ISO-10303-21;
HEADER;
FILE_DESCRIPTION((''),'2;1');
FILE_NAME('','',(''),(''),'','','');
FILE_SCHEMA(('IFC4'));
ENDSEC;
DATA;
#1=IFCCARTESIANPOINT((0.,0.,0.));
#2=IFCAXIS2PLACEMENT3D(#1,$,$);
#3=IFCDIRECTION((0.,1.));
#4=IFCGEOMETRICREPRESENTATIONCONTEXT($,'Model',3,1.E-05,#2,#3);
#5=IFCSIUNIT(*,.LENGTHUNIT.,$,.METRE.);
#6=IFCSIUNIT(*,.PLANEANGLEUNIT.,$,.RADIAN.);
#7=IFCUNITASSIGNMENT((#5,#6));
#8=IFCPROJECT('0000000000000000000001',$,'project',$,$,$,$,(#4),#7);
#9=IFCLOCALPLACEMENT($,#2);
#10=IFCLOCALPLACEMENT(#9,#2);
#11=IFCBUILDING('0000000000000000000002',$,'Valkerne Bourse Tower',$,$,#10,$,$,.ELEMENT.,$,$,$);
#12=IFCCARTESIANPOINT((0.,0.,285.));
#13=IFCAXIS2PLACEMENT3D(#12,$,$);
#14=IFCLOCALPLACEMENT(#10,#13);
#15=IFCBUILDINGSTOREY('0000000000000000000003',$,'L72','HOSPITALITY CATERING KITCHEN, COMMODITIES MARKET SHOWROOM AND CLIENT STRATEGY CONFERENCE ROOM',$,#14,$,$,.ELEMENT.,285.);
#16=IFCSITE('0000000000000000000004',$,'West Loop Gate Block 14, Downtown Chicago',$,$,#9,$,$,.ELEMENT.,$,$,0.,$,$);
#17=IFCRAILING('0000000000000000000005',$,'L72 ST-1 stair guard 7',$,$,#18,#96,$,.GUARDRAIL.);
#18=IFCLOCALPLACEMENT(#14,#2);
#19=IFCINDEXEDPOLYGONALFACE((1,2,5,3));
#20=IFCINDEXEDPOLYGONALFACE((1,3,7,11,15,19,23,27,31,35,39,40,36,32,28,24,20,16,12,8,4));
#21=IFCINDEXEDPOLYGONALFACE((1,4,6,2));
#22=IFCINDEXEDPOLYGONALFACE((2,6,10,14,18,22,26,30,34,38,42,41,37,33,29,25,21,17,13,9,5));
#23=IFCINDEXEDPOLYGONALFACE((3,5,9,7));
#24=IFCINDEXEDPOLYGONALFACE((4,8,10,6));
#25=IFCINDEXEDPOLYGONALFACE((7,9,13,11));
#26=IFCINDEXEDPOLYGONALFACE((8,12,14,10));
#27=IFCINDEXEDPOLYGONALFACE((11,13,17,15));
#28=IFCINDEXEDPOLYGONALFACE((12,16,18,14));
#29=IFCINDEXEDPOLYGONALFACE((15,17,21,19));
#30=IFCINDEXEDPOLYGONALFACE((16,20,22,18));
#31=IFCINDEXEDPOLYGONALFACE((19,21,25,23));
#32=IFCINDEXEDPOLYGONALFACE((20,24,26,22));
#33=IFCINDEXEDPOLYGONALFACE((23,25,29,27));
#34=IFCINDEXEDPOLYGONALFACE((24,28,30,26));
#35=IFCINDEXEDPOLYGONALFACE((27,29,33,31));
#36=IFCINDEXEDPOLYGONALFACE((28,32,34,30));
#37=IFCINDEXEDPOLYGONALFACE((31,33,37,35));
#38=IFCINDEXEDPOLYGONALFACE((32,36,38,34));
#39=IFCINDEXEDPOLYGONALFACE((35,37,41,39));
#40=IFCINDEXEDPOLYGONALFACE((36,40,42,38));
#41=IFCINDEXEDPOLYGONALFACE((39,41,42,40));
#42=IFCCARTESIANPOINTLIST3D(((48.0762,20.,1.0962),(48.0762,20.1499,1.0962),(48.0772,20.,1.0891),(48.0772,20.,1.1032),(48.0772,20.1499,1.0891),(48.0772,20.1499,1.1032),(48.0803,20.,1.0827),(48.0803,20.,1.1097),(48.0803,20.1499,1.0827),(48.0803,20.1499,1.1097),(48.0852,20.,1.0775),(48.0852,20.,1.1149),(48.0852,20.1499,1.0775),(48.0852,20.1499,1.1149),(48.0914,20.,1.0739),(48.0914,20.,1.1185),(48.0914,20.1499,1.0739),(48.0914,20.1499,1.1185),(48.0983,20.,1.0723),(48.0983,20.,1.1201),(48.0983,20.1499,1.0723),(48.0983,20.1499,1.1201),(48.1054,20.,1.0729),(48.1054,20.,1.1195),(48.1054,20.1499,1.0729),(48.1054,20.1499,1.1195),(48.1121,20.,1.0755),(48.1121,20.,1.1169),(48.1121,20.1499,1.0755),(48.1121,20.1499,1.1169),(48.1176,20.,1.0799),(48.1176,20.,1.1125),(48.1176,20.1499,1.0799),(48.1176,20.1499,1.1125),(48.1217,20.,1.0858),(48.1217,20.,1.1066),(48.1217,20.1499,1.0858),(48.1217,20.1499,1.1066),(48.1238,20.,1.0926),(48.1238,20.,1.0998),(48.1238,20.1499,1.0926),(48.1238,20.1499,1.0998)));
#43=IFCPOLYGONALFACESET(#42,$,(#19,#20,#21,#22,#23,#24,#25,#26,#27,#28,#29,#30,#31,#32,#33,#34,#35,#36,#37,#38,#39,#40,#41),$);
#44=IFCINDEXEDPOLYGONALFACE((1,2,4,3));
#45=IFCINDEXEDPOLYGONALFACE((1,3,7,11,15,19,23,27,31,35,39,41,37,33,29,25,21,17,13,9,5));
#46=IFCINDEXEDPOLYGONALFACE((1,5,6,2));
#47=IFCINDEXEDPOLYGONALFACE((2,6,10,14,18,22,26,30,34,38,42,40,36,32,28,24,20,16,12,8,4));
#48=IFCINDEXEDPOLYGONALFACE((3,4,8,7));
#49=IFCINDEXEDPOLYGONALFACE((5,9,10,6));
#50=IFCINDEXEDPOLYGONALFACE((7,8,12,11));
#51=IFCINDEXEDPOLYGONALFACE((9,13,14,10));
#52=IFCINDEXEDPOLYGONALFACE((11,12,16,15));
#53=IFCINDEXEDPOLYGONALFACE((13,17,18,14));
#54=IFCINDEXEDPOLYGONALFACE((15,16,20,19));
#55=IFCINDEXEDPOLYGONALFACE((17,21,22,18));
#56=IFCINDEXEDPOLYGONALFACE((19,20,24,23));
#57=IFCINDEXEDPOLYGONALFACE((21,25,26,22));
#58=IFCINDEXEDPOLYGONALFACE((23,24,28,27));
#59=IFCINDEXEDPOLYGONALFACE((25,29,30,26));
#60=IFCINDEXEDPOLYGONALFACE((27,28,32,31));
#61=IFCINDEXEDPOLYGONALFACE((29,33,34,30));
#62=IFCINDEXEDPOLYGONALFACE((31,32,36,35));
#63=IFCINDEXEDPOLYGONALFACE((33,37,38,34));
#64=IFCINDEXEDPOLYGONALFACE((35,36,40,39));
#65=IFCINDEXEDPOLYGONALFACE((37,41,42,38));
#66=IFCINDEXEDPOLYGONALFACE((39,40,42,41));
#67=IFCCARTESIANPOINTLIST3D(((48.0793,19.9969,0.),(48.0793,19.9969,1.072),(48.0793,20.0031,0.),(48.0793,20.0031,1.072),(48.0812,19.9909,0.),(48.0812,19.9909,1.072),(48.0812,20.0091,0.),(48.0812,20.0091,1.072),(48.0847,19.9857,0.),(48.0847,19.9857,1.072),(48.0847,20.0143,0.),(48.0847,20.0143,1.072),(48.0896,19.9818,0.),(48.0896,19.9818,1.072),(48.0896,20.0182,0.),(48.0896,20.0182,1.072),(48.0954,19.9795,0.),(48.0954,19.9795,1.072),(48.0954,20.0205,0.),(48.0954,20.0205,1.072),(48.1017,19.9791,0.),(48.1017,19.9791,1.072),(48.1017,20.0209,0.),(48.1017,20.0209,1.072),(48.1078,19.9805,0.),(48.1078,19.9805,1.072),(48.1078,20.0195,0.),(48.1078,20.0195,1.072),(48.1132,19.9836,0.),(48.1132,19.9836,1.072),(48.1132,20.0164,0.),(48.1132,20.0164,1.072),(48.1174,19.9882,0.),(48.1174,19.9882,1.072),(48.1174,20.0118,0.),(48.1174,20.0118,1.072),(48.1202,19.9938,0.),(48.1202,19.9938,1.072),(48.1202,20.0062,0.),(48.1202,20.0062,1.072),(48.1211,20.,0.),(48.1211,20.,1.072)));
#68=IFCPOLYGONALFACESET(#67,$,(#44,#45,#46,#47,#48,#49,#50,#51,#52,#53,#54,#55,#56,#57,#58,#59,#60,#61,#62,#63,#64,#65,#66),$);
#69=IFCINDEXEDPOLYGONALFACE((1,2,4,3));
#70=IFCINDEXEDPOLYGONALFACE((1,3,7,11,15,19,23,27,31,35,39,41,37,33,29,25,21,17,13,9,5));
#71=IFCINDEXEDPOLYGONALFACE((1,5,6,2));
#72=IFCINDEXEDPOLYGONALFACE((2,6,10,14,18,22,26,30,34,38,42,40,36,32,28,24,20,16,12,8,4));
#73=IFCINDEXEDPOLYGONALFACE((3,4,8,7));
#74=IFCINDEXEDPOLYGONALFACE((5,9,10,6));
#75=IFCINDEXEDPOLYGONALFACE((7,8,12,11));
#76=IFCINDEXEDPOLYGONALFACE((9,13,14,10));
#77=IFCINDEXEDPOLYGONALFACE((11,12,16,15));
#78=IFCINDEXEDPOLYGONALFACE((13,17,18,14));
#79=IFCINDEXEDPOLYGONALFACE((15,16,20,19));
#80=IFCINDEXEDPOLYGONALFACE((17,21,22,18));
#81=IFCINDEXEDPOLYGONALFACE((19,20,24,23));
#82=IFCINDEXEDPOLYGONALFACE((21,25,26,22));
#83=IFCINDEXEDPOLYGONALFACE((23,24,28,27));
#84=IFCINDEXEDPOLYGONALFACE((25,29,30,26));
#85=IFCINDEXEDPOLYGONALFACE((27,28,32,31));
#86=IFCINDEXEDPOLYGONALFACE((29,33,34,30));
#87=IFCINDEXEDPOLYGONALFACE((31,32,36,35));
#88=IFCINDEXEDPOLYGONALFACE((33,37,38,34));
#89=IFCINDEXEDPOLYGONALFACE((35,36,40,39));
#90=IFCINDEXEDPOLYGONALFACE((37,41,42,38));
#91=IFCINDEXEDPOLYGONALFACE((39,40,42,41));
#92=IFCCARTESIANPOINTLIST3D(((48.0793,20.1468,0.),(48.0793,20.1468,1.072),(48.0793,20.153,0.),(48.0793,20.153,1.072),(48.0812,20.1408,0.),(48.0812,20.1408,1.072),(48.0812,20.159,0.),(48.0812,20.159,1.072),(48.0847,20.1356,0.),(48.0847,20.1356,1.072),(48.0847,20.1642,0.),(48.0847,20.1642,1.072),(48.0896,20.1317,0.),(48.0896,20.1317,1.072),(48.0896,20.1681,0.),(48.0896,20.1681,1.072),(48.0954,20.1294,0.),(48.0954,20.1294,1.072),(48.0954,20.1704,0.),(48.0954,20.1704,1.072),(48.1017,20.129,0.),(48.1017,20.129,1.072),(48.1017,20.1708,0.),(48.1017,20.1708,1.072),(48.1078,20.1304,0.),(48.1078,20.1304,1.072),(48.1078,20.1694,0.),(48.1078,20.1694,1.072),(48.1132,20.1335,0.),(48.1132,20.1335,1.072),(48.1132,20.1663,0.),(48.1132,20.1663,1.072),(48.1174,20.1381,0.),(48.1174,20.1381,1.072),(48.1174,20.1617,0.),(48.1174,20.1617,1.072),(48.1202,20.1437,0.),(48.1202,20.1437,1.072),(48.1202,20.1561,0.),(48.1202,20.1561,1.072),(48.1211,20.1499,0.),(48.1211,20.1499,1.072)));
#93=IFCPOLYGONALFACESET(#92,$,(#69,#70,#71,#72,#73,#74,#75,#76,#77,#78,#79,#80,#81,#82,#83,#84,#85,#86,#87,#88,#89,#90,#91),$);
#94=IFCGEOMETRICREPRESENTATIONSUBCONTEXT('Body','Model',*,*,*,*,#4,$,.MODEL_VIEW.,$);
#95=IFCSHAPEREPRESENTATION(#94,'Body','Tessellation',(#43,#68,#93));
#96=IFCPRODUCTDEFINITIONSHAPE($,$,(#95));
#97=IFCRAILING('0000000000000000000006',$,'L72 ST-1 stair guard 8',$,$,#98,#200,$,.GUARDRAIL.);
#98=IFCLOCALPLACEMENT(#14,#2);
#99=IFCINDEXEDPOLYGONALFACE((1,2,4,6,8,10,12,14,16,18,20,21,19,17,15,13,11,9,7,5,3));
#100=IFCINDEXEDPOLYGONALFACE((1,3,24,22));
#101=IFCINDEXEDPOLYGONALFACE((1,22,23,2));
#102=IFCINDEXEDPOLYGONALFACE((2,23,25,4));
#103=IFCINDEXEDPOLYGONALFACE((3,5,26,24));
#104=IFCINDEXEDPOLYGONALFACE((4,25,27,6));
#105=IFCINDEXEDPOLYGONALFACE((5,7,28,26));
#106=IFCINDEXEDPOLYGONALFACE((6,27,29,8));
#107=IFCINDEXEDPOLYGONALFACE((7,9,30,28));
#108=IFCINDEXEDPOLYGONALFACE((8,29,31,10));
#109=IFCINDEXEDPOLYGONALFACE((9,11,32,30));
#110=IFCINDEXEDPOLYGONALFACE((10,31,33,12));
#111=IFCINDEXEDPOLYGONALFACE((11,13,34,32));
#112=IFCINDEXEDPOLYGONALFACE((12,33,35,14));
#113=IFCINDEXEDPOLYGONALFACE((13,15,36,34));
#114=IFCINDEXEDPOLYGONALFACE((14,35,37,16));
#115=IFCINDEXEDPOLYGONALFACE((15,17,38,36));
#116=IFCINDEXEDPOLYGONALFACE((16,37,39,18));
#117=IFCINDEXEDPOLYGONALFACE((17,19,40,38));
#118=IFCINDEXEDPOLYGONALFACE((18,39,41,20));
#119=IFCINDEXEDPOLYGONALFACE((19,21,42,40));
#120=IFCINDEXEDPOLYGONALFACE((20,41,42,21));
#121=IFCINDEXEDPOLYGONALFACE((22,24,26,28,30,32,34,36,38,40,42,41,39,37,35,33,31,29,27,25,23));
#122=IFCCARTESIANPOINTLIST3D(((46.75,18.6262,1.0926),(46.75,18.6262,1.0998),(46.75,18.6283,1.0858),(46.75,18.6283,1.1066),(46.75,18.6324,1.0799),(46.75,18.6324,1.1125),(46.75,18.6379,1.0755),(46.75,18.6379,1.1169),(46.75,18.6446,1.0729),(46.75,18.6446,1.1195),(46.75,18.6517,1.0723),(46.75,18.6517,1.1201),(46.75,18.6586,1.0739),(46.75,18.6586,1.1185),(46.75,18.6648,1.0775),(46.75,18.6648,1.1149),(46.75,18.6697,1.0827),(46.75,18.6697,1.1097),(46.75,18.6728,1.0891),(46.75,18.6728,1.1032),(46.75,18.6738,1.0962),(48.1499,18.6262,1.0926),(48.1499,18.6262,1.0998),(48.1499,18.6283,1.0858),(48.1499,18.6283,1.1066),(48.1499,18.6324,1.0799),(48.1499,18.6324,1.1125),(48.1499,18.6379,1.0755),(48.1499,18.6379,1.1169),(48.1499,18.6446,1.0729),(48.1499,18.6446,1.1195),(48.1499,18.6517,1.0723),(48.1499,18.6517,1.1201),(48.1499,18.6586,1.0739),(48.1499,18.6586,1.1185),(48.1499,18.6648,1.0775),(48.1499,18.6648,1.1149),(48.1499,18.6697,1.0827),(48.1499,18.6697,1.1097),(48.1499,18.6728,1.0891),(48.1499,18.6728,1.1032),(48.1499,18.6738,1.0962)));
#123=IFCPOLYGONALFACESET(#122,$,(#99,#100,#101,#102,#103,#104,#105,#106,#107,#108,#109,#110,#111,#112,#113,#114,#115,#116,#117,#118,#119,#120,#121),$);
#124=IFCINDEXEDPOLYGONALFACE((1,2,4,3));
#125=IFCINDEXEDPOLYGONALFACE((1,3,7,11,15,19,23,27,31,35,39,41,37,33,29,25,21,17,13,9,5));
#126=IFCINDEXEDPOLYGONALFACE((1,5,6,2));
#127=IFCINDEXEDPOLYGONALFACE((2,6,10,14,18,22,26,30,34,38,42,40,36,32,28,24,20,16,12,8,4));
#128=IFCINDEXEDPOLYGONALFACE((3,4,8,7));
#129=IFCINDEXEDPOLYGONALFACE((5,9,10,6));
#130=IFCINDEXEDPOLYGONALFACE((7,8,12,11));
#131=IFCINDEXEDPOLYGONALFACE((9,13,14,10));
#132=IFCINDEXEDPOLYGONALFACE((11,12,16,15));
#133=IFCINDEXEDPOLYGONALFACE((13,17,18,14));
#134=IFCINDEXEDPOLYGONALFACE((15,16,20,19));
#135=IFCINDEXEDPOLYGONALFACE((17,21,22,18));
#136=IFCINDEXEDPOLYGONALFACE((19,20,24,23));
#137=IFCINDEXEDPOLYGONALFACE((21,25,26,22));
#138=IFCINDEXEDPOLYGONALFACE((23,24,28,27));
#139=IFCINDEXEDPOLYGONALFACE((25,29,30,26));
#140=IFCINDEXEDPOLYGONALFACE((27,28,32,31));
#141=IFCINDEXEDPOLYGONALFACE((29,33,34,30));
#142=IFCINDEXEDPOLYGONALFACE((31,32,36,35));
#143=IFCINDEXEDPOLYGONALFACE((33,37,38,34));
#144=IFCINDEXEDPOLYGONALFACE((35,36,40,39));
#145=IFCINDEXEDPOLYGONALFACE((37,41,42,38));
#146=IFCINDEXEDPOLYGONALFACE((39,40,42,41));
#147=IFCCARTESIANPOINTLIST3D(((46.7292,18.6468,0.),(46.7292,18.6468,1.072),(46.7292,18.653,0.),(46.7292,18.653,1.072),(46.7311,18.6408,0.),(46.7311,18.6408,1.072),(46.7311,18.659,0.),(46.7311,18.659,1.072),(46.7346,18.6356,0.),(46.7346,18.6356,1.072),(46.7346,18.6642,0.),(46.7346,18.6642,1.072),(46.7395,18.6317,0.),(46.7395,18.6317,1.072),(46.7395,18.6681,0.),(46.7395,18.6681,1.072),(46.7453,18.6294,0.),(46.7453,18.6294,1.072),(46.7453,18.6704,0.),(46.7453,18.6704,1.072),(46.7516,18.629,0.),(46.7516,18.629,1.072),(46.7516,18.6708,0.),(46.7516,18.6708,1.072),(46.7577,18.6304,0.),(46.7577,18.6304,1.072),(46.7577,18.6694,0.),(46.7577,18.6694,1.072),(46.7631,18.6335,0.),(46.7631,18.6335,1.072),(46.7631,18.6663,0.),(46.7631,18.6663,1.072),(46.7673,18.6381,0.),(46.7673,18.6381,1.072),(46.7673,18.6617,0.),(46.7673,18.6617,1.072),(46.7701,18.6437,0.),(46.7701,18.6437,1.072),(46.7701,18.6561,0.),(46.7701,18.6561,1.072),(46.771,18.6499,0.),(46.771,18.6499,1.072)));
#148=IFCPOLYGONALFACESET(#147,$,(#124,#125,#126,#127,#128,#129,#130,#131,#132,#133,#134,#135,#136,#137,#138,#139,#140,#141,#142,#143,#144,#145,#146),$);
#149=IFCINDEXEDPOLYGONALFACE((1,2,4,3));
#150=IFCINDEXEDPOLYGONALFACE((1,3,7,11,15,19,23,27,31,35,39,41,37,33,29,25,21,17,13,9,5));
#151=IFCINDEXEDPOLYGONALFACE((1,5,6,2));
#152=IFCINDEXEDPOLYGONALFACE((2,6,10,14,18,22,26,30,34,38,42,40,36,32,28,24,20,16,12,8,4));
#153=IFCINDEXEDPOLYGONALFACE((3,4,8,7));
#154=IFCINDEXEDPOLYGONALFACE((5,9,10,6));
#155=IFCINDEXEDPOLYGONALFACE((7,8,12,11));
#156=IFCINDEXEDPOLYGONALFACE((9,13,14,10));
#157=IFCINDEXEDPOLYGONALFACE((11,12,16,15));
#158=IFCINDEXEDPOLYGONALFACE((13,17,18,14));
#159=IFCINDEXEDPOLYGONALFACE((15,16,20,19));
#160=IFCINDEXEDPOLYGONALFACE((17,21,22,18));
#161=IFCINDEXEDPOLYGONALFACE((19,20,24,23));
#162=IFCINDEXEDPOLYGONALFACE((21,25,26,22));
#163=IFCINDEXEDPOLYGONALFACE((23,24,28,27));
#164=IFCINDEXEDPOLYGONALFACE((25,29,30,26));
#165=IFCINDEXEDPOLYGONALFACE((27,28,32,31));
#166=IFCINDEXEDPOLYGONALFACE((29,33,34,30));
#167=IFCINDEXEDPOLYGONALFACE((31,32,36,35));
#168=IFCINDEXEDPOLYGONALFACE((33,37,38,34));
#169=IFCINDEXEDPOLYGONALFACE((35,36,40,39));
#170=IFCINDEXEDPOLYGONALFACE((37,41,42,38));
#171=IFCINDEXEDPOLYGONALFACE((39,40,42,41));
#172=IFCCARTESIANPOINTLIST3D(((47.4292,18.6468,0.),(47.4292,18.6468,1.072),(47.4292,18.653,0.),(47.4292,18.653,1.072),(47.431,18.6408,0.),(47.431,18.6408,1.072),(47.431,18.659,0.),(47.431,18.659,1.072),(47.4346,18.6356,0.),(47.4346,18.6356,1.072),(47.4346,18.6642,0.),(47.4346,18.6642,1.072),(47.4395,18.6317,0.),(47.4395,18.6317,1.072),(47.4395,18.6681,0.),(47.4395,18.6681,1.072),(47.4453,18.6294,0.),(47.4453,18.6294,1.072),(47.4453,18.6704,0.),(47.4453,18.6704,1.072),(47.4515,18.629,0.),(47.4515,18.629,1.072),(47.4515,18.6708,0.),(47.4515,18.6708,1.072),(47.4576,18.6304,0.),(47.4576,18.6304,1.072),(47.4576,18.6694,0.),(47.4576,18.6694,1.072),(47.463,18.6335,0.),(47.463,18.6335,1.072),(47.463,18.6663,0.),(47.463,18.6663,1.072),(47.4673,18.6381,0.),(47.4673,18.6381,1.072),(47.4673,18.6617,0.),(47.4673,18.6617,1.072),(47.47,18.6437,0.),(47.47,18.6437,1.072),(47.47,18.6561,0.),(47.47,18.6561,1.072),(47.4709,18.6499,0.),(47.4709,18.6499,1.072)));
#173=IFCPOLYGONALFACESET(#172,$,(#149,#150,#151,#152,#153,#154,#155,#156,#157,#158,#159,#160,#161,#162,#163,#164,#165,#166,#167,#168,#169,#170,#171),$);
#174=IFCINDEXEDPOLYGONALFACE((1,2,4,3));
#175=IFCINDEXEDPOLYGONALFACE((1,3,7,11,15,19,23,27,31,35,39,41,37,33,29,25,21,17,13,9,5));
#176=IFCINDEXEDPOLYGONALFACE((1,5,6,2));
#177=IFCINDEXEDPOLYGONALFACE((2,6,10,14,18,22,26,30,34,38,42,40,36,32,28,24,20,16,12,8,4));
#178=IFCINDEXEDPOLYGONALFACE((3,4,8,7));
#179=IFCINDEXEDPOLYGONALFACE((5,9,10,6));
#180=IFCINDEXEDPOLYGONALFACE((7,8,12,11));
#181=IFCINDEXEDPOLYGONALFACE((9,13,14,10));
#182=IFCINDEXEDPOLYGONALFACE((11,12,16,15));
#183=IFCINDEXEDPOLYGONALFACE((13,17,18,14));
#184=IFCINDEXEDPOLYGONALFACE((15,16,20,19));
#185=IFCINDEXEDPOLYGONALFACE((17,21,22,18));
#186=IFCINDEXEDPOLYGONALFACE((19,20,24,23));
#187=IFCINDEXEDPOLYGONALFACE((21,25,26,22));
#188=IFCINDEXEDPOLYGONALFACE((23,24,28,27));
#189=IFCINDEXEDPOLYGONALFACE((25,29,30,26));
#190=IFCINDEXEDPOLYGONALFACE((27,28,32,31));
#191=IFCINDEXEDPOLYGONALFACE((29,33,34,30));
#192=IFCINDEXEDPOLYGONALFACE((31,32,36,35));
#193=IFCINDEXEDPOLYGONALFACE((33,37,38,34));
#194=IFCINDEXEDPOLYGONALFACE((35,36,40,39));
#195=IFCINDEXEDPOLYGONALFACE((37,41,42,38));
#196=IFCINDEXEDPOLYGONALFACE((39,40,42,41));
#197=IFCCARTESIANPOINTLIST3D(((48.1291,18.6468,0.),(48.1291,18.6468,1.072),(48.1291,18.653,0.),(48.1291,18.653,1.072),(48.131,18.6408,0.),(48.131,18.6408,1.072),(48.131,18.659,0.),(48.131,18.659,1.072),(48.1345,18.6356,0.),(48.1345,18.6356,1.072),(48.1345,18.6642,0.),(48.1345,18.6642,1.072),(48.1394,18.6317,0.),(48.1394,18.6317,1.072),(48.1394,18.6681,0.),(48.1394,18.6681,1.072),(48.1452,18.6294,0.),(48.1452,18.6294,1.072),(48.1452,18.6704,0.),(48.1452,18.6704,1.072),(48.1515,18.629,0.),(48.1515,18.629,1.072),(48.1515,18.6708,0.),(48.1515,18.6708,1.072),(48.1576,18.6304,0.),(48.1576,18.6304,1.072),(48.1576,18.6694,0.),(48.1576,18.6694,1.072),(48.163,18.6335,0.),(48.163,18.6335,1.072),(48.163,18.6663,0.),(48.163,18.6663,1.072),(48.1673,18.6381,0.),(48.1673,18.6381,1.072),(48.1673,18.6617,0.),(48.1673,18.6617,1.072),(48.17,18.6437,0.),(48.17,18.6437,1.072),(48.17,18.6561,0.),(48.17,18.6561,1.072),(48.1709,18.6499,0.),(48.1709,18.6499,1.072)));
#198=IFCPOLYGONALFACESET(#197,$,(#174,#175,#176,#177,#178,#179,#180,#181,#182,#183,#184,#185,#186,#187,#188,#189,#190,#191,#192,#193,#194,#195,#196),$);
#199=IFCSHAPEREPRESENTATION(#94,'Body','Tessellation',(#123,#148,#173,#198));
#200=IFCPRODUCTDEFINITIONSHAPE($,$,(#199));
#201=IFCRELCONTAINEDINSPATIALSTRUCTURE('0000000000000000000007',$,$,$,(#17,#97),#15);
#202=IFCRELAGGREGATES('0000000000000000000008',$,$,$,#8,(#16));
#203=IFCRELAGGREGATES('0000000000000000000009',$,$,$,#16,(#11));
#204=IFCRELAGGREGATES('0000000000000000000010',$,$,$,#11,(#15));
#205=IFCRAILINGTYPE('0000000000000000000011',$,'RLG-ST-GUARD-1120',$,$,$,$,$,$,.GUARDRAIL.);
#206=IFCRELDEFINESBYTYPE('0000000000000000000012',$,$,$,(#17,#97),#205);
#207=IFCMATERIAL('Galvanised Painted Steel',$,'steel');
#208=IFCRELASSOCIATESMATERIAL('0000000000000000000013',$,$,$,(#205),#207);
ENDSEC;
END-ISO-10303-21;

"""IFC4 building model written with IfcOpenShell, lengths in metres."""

from ifc_helpers import new_model, si_unit, direction, frame, origin, origin_2d, place, context, subcontext, project, spatial, circle, extrude, material, type_object, element, save


model = new_model("IFC4")

# Units and contexts
model_context = context("Model", 3, precision=1e-05, world=origin(), true_north=direction((0.0, 1.0)))
body_context = subcontext(model_context, "Body", "Model", "MODEL_VIEW")
ifc_project = project(units=[si_unit("LENGTHUNIT", "METRE"), si_unit("PLANEANGLEUNIT", "RADIAN")], contexts=[model_context])

# Site, building, storey
site_placement = place(None, origin())
site = spatial("IfcSite", under=ifc_project, at=site_placement, Name="West Loop Gate Block 14, Downtown Chicago", CompositionType="ELEMENT", RefElevation=0.0)
building_placement = place(site_placement, origin())
building = spatial("IfcBuilding", under=site, at=building_placement, Name="Valkerne Bourse Tower", CompositionType="ELEMENT")
storey_placement = place(building_placement, frame((0.0, 0.0, 285.0)))
storey = spatial("IfcBuildingStorey", under=building, at=storey_placement, Name="L72", Description="HOSPITALITY CATERING KITCHEN, COMMODITIES MARKET SHOWROOM AND CLIENT STRATEGY CONFERENCE ROOM", CompositionType="ELEMENT", Elevation=285.0)

# Shared definitions
ifc_material_1 = material(Name="Galvanised Painted Steel", Category="steel")

# Railings
railing_type_1 = type_object("IfcRailingType", Name="RLG-ST-GUARD-1120", PredefinedType="GUARDRAIL", material=ifc_material_1)
railing_1_placement = place(storey_placement, frame((48.1001, 20.0, 0.0)))
element("IfcRailing", 1, at=railing_1_placement, inside=storey, type_object=railing_type_1, Name="L72 ST-1 stair guard 7", PredefinedType="GUARDRAIL", context=body_context, shape_type="SweptSolid", body=[
    extrude(circle(Radius=0.0239, at=origin_2d()), frame((0.0, 0.0, 1.0962), z_axis=(0.0, 1.0, 0.0), x_axis=(-1.0, 0.0, 0.0)), (0.0, 0.0, 1.0), 0.1499),
    extrude(circle(Radius=0.021, at=origin_2d()), origin(), (0.0, 0.0, 1.0), 1.072),
    extrude(circle(Radius=0.021, at=origin_2d()), frame((0.0, 0.1499, 0.0)), (0.0, 0.0, 1.0), 1.072),
])
for number, where, name in (
    (2, (46.75, 18.6499, 0.0), "L72 ST-1 stair guard 8"),
):
    element("IfcRailing", number, at=place(storey_placement, frame(where)), inside=storey, type_object=railing_type_1, Name=name, PredefinedType="GUARDRAIL", context=body_context, shape_type="SweptSolid", body=[
        extrude(circle(Radius=0.0239, at=origin_2d()), frame((0.0, 0.0, 1.0962), z_axis=(1.0, 0.0, 0.0), x_axis=(0.0, 1.0, 0.0)), (0.0, 0.0, 1.0), 1.3999),
        extrude(circle(Radius=0.021, at=origin_2d()), origin(), (0.0, 0.0, 1.0), 1.072),
        extrude(circle(Radius=0.021, at=origin_2d()), frame((0.7, 0.0, 0.0)), (0.0, 0.0, 1.0), 1.072),
        extrude(circle(Radius=0.021, at=origin_2d()), frame((1.3999, 0.0, 0.0)), (0.0, 0.0, 1.0), 1.072),
    ])

save(model, "model.ifc")
